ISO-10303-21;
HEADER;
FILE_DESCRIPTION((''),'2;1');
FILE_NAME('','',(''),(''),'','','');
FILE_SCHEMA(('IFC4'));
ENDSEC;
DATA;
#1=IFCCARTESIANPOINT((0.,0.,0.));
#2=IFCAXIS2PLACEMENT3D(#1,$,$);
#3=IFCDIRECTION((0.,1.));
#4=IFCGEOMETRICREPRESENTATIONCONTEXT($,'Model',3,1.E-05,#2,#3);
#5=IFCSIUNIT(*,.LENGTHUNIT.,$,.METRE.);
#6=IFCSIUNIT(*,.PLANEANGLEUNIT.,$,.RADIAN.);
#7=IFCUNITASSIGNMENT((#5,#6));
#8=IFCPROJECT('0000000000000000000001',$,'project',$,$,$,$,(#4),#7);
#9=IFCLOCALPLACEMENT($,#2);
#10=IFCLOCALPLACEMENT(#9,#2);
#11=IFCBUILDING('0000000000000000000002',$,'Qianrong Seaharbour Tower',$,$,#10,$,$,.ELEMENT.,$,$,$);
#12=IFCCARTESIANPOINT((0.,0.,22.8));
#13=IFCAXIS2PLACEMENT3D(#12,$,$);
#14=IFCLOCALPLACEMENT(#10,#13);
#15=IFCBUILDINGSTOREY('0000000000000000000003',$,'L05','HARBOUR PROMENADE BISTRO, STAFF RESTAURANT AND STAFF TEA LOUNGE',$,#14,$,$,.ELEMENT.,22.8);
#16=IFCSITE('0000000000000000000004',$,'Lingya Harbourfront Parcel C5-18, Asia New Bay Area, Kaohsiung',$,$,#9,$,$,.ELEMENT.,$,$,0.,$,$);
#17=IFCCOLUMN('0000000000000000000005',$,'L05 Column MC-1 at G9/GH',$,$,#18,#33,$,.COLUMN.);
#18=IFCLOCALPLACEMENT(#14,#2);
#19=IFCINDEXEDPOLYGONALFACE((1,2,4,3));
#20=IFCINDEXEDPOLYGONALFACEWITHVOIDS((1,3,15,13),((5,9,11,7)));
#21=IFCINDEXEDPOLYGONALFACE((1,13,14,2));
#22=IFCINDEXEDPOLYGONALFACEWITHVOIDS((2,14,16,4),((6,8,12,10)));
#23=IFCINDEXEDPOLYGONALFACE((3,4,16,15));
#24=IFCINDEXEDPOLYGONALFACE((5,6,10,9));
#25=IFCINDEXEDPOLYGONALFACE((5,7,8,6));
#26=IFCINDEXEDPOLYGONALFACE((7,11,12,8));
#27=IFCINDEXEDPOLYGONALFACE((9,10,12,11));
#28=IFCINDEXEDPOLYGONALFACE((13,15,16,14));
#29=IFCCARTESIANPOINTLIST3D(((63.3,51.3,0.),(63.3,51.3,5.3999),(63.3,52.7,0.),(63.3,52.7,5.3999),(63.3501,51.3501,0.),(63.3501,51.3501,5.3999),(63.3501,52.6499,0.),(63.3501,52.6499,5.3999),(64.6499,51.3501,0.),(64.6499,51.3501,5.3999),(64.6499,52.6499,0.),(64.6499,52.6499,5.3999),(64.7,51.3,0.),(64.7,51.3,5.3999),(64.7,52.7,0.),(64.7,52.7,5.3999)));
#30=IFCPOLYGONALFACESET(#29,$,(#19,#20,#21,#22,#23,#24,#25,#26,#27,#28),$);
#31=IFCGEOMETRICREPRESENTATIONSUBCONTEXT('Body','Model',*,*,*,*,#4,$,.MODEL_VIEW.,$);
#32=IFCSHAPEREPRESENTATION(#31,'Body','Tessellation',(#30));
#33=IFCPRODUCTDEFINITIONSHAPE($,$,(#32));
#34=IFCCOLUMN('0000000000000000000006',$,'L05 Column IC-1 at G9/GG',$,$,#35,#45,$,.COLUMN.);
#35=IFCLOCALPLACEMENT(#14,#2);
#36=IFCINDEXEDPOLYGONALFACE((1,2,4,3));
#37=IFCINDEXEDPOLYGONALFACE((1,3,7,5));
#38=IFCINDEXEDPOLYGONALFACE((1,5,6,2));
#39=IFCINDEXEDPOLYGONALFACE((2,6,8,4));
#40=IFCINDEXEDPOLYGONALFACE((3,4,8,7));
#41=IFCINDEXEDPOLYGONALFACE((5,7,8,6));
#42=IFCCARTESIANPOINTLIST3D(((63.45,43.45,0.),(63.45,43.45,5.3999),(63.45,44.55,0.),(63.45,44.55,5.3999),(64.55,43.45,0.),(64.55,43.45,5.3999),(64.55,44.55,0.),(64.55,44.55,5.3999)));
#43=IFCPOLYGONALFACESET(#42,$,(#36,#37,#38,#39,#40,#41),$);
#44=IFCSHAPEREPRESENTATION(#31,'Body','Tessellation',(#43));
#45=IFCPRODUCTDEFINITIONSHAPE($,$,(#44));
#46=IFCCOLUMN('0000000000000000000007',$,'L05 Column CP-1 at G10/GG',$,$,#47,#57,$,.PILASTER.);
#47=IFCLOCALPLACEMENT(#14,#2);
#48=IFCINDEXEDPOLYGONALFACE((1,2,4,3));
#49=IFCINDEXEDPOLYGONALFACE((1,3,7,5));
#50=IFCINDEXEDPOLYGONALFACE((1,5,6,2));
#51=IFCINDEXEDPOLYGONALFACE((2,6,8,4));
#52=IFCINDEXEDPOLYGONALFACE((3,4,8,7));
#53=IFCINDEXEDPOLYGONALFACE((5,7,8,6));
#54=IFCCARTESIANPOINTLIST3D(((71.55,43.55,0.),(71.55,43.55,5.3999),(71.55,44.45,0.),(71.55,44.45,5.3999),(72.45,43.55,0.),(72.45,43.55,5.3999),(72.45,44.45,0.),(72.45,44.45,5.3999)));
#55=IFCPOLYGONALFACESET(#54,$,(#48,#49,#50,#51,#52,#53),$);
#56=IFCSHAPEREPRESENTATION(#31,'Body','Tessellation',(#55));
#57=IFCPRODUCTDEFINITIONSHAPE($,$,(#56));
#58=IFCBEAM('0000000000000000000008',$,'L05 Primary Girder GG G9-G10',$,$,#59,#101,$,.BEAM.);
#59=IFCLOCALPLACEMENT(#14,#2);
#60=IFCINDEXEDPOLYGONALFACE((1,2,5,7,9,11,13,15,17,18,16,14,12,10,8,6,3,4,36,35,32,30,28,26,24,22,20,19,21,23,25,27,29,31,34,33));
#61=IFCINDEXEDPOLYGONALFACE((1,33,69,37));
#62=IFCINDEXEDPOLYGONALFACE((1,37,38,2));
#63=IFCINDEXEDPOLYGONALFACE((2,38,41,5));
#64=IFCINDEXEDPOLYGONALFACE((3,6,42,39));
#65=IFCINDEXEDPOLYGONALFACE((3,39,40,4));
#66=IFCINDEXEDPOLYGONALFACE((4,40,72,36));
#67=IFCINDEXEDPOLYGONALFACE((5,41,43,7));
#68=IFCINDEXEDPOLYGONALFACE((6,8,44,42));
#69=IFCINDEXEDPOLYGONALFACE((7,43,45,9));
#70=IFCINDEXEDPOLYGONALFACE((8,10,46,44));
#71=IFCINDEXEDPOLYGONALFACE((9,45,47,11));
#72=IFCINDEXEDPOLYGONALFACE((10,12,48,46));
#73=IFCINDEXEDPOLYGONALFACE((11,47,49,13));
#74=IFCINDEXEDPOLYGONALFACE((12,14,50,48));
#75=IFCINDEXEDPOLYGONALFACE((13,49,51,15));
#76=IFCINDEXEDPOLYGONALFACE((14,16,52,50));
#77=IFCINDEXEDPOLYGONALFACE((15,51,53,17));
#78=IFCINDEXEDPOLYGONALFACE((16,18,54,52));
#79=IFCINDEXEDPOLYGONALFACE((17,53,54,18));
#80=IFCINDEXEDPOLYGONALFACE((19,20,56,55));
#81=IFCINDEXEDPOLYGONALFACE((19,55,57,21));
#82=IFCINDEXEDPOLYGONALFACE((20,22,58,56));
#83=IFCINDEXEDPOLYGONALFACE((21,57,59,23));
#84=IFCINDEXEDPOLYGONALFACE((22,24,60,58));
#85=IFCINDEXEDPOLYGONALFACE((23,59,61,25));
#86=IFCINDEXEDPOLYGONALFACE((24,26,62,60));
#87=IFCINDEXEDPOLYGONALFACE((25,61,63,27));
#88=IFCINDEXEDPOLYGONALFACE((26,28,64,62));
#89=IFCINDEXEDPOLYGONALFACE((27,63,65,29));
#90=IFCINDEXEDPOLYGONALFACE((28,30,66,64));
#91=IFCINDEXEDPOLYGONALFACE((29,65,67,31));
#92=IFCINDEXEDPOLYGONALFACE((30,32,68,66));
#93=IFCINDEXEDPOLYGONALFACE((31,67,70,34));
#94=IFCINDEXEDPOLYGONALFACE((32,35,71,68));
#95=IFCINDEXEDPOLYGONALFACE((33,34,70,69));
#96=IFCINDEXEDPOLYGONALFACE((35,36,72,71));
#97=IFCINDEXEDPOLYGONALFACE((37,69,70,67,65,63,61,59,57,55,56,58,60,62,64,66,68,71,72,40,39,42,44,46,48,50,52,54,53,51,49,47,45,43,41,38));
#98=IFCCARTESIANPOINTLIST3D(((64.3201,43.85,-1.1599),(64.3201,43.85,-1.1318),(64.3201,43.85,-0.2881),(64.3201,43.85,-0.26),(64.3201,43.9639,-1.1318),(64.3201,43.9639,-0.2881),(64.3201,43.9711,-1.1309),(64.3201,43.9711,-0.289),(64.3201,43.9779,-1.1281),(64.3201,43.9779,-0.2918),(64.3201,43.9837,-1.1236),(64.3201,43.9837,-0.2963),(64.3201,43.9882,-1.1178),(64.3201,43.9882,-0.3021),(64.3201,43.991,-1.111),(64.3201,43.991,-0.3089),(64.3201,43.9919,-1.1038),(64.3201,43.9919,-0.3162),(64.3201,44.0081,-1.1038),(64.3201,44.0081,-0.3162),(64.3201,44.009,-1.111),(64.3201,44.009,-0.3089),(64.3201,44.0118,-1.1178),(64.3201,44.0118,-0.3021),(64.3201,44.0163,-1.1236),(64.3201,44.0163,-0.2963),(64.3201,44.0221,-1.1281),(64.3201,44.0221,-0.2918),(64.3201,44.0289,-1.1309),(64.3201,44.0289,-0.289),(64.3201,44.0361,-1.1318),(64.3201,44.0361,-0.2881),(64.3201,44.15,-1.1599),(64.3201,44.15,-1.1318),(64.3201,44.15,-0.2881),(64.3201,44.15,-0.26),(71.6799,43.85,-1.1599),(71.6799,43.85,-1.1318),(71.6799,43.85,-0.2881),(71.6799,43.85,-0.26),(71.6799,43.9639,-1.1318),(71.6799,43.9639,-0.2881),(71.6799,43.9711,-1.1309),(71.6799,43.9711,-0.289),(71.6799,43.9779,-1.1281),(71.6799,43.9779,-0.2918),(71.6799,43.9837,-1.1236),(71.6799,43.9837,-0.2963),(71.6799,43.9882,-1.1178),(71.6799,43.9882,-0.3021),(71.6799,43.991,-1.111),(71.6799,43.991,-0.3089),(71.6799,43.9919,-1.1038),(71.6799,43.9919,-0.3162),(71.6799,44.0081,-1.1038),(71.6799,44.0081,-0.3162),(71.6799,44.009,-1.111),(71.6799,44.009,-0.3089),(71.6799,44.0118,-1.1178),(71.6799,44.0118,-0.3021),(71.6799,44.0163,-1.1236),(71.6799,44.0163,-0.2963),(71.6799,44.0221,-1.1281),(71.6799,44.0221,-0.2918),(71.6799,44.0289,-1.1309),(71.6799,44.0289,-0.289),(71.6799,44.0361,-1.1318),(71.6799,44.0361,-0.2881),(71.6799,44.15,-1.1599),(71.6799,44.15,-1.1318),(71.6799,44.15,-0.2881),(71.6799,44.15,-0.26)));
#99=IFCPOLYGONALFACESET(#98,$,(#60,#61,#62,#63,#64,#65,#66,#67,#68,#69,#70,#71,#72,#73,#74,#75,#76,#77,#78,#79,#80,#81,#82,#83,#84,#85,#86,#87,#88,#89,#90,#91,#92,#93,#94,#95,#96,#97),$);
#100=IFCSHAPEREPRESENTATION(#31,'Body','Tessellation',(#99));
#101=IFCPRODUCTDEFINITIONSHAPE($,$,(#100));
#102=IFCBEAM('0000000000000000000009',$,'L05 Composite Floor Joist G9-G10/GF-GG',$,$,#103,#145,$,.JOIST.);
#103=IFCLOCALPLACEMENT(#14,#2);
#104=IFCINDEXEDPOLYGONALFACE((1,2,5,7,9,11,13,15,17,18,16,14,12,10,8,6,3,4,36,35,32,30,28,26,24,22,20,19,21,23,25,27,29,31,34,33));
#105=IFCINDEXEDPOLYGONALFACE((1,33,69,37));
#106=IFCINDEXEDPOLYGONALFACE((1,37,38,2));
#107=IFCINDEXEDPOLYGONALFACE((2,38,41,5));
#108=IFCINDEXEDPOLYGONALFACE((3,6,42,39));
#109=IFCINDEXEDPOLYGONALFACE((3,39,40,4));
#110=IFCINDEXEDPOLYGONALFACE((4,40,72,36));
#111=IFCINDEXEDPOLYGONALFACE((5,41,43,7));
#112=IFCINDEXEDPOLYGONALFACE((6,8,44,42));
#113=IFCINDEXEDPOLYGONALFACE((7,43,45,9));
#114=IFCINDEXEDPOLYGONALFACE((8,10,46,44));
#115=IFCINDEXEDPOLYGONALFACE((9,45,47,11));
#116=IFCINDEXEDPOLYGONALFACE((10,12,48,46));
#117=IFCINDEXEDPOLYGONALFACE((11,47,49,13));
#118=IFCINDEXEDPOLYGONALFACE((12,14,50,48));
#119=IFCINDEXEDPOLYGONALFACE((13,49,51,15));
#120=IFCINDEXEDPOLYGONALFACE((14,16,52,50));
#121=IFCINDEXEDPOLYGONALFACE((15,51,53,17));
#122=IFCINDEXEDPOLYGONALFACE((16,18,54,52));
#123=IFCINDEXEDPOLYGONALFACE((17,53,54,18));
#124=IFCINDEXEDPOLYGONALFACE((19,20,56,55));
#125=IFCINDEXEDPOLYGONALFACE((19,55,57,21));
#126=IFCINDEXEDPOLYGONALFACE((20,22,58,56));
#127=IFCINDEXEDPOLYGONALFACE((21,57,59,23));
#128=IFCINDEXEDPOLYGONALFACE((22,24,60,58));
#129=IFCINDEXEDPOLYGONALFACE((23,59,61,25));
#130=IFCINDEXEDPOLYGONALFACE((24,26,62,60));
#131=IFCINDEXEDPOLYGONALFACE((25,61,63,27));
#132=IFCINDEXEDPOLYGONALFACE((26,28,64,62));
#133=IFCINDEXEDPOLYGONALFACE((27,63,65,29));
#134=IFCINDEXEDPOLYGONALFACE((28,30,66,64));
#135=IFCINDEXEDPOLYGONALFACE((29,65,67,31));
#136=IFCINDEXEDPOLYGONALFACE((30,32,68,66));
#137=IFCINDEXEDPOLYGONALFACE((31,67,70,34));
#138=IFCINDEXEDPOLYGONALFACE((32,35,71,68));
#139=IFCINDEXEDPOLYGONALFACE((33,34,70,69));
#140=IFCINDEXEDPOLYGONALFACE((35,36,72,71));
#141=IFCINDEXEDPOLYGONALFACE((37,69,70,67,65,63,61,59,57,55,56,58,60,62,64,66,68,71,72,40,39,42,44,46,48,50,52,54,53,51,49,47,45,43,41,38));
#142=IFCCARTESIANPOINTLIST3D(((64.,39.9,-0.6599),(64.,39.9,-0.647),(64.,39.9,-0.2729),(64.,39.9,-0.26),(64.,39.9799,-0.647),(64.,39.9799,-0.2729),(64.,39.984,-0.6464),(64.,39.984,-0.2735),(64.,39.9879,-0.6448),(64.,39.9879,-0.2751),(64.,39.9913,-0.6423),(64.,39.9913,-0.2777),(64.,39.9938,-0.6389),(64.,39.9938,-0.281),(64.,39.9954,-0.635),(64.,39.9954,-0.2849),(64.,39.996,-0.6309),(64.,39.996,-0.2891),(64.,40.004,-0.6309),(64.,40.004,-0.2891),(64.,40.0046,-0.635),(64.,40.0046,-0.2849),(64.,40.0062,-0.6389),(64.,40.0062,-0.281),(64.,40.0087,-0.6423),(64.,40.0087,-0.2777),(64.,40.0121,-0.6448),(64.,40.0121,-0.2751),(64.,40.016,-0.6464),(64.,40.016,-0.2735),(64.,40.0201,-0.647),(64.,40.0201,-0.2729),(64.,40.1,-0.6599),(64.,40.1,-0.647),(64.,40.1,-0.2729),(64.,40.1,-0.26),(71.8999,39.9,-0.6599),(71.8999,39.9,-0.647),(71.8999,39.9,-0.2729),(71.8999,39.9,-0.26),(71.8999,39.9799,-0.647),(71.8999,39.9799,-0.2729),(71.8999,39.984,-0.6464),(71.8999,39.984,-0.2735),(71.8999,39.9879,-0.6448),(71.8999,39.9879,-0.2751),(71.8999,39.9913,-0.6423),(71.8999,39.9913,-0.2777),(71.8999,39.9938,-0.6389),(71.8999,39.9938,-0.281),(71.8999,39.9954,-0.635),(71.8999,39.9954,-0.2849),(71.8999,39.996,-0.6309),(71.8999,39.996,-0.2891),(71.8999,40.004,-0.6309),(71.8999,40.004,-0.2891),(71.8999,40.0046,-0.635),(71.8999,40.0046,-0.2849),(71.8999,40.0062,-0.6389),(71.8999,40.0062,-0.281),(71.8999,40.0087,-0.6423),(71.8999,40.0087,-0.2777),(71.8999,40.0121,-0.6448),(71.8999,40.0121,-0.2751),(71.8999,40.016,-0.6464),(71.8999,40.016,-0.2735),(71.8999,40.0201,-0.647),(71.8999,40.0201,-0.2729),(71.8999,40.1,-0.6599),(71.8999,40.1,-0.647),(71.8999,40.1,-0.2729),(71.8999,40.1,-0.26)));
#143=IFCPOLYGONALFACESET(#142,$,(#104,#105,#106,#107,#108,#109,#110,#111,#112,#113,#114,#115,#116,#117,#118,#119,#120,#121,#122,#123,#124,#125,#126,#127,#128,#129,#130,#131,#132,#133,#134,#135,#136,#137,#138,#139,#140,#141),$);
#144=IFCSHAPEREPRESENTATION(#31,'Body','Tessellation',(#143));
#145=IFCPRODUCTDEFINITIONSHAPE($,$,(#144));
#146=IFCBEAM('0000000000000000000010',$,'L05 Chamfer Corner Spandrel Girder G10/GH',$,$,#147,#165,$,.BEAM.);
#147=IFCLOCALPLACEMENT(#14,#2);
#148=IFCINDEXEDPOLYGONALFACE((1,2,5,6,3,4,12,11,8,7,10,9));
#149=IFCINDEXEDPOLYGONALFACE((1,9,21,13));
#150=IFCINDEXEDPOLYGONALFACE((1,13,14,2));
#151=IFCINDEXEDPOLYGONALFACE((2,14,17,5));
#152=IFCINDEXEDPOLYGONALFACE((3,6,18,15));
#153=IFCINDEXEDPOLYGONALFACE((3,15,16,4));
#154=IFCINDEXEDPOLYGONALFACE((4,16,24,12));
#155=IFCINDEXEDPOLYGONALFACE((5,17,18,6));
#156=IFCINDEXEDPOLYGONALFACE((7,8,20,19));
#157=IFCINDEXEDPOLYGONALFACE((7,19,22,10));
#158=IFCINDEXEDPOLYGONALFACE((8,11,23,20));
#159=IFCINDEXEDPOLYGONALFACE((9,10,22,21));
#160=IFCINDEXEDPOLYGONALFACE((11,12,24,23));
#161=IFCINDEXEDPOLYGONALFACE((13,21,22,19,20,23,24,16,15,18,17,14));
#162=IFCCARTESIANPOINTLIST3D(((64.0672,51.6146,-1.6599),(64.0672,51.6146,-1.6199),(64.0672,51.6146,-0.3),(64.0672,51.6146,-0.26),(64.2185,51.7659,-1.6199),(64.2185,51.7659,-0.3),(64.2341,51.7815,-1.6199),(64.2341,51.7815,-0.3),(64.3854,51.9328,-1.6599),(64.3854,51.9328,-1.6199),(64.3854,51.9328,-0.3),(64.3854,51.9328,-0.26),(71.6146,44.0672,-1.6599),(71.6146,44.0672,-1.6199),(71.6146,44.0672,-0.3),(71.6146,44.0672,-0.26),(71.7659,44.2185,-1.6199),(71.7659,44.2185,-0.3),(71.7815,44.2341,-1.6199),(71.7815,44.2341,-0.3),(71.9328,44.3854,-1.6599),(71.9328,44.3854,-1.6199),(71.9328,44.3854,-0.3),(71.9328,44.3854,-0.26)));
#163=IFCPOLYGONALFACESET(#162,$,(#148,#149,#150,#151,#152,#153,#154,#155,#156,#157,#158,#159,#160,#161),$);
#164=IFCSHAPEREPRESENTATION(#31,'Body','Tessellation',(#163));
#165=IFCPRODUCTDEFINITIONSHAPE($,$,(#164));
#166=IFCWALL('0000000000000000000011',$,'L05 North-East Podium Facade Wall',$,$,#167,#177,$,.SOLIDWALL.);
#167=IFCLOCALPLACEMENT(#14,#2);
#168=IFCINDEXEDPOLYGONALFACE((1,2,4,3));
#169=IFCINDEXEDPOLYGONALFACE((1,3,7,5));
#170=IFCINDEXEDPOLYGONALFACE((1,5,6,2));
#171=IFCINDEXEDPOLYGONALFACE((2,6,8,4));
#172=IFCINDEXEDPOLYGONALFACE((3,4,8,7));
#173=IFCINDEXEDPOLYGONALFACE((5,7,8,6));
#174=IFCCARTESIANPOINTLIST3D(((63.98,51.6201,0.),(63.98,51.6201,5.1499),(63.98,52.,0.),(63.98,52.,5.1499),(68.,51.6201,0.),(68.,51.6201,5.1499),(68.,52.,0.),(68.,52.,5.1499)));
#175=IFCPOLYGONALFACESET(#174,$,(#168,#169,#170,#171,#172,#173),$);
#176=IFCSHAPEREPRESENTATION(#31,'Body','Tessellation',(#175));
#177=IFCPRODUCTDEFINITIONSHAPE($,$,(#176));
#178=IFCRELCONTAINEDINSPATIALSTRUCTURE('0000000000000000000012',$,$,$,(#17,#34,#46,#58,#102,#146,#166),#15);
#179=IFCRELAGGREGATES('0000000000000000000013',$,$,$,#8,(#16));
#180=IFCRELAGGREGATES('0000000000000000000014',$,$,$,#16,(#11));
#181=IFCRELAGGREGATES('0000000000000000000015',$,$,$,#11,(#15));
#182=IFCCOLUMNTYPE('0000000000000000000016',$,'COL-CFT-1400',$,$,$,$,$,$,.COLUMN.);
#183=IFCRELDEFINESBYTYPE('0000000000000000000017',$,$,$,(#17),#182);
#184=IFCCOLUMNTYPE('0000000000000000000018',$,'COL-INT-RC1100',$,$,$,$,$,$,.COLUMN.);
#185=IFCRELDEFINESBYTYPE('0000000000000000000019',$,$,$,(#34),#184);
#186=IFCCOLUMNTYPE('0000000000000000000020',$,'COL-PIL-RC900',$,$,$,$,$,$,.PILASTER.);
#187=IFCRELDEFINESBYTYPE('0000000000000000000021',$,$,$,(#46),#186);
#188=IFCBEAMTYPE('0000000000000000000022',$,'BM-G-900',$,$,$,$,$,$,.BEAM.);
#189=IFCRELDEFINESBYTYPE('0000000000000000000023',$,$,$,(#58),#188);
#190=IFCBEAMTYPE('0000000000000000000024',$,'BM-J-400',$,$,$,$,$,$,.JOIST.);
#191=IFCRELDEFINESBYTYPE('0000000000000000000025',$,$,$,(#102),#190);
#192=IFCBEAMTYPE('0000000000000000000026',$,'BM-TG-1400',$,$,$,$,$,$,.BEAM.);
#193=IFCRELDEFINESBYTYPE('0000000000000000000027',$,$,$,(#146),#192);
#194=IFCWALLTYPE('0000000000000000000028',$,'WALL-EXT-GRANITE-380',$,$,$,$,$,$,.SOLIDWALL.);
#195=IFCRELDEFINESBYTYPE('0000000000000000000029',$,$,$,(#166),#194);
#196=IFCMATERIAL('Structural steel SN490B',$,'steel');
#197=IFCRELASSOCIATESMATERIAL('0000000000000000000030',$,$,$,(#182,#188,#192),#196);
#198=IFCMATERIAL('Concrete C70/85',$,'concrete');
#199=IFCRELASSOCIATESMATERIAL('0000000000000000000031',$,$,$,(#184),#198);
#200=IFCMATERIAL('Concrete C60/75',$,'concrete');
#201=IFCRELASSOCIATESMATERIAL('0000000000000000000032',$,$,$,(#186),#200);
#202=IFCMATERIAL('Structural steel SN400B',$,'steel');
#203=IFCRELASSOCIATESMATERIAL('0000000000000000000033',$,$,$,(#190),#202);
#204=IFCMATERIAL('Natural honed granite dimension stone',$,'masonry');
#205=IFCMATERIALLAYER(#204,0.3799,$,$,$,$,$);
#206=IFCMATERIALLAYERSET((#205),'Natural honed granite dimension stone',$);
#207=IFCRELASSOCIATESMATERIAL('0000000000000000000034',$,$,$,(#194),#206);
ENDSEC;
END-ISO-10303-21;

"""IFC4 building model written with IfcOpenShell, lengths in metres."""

from ifc_helpers import new_model, si_unit, direction, frame, frame_2d, origin, origin_2d, place, context, subcontext, project, spatial, rectangle, hollow_rectangle, i_section, extrude, material, layer, layer_set, material_profile, profile_set, type_object, element, save


model = new_model("IFC4")

# Units and contexts
model_context = context("Model", 3, precision=1e-05, world=origin(), true_north=direction((0.0, 1.0)))
body_context = subcontext(model_context, "Body", "Model", "MODEL_VIEW")
ifc_project = project(units=[si_unit("LENGTHUNIT", "METRE"), si_unit("PLANEANGLEUNIT", "RADIAN")], contexts=[model_context])

# Site, building, storey
site_placement = place(None, origin())
site = spatial("IfcSite", under=ifc_project, at=site_placement, Name="Lingya Harbourfront Parcel C5-18, Asia New Bay Area, Kaohsiung", CompositionType="ELEMENT", RefElevation=0.0)
building_placement = place(site_placement, origin())
building = spatial("IfcBuilding", under=site, at=building_placement, Name="Qianrong Seaharbour Tower", CompositionType="ELEMENT")
storey_placement = place(building_placement, frame((0.0, 0.0, 22.8)))
storey = spatial("IfcBuildingStorey", under=building, at=storey_placement, Name="L05", Description="HARBOUR PROMENADE BISTRO, STAFF RESTAURANT AND STAFF TEA LOUNGE", CompositionType="ELEMENT", Elevation=22.8)

# Columns
ifc_material_1 = material(Name="Structural steel SN490B", Category="steel")
ifc_material_profile_1 = material_profile(ifc_material_1, hollow_rectangle(XDim=1.3999, YDim=1.3999, WallThickness=0.05, at=origin_2d()), Name="BOX1400x1400x50")
ifc_profile_set_1 = profile_set([ifc_material_profile_1], Name="Structural steel SN490B")
column_type_1 = type_object("IfcColumnType", Name="COL-CFT-1400", PredefinedType="COLUMN", material=ifc_profile_set_1)
column_1_placement = place(storey_placement, frame((64.0, 52.0, 0.0), z_axis=(0.0, 0.0, 1.0), x_axis=(1.0, 0.0, 0.0)))
element("IfcColumn", 1, at=column_1_placement, inside=storey, type_object=column_type_1, Name="L05 Column MC-1 at G9/GH", PredefinedType="COLUMN", context=body_context, shape_type="SweptSolid", body=[
    extrude(hollow_rectangle(XDim=1.3999, YDim=1.3999, WallThickness=0.05, at=origin_2d()), origin(), (0.0, 0.0, 1.0), 5.3999),
])
ifc_material_2 = material(Name="Concrete C70/85", Category="concrete")
ifc_material_profile_2 = material_profile(ifc_material_2, rectangle(XDim=1.1001, YDim=1.1001, at=origin_2d()), Name="RC1100x1100")
ifc_profile_set_2 = profile_set([ifc_material_profile_2], Name="Concrete C70/85")
column_type_2 = type_object("IfcColumnType", Name="COL-INT-RC1100", PredefinedType="COLUMN", material=ifc_profile_set_2)
column_2_placement = place(storey_placement, frame((64.0, 44.0, 0.0), z_axis=(0.0, 0.0, 1.0), x_axis=(1.0, 0.0, 0.0)))
element("IfcColumn", 2, at=column_2_placement, inside=storey, type_object=column_type_2, Name="L05 Column IC-1 at G9/GG", PredefinedType="COLUMN", context=body_context, shape_type="SweptSolid", body=[
    extrude(rectangle(XDim=1.1001, YDim=1.1001, at=origin_2d()), origin(), (0.0, 0.0, 1.0), 5.3999),
])
ifc_material_3 = material(Name="Concrete C60/75", Category="concrete")
ifc_material_profile_3 = material_profile(ifc_material_3, rectangle(XDim=0.8999, YDim=0.8999, at=origin_2d()), Name="RC900x900")
ifc_profile_set_3 = profile_set([ifc_material_profile_3], Name="Concrete C60/75")
column_type_3 = type_object("IfcColumnType", Name="COL-PIL-RC900", PredefinedType="PILASTER", material=ifc_profile_set_3)
column_3_placement = place(storey_placement, frame((72.0, 44.0, 0.0), z_axis=(0.0, 0.0, 1.0), x_axis=(1.0, 0.0, 0.0)))
element("IfcColumn", 3, at=column_3_placement, inside=storey, type_object=column_type_3, Name="L05 Column CP-1 at G10/GG", PredefinedType="PILASTER", context=body_context, shape_type="SweptSolid", body=[
    extrude(rectangle(XDim=0.8999, YDim=0.8999, at=origin_2d()), origin(), (0.0, 0.0, 1.0), 5.3999),
])

# Beams
ifc_material_profile_4 = material_profile(ifc_material_1, i_section(OverallWidth=0.3, OverallDepth=0.8999, WebThickness=0.0161, FlangeThickness=0.0281, FilletRadius=0.0281, at=origin_2d()), Name="H900x300x16x28")
ifc_profile_set_4 = profile_set([ifc_material_profile_4], Name="Structural steel SN490B")
beam_type_1 = type_object("IfcBeamType", Name="BM-G-900", PredefinedType="BEAM", material=ifc_profile_set_4)
beam_1_placement = place(storey_placement, frame((64.3201, 44.0, -0.71), z_axis=(1.0, 0.0, 0.0), x_axis=(0.0, 1.0, 0.0)))
element("IfcBeam", 4, at=beam_1_placement, inside=storey, type_object=beam_type_1, Name="L05 Primary Girder GG G9-G10", PredefinedType="BEAM", context=body_context, shape_type="SweptSolid", body=[
    extrude(i_section(OverallWidth=0.3, OverallDepth=0.8999, WebThickness=0.0161, FlangeThickness=0.0281, FilletRadius=0.0281, at=origin_2d()), origin(), (0.0, 0.0, 1.0), 7.3599),
])
ifc_material_4 = material(Name="Structural steel SN400B", Category="steel")
ifc_material_profile_5 = material_profile(ifc_material_4, i_section(OverallWidth=0.2, OverallDepth=0.3999, WebThickness=0.0081, FlangeThickness=0.0129, FilletRadius=0.0161, at=origin_2d()), Name="H400x200x8x13")
ifc_profile_set_5 = profile_set([ifc_material_profile_5], Name="Structural steel SN400B")
beam_type_2 = type_object("IfcBeamType", Name="BM-J-400", PredefinedType="JOIST", material=ifc_profile_set_5)
beam_2_placement = place(storey_placement, frame((64.0, 40.0, -0.46), z_axis=(1.0, 0.0, 0.0), x_axis=(0.0, 1.0, 0.0)))
element("IfcBeam", 5, at=beam_2_placement, inside=storey, type_object=beam_type_2, Name="L05 Composite Floor Joist G9-G10/GF-GG", PredefinedType="JOIST", context=body_context, shape_type="SweptSolid", body=[
    extrude(i_section(OverallWidth=0.2, OverallDepth=0.3999, WebThickness=0.0081, FlangeThickness=0.0129, FilletRadius=0.0161, at=origin_2d()), origin(), (0.0, 0.0, 1.0), 7.8999),
])
ifc_material_profile_6 = material_profile(ifc_material_1, i_section(OverallWidth=0.45, OverallDepth=1.3999, WebThickness=0.022, FlangeThickness=0.04, at=origin_2d()), Name="BH1400x450x22x40")
ifc_profile_set_6 = profile_set([ifc_material_profile_6], Name="Structural steel SN490B")
beam_type_3 = type_object("IfcBeamType", Name="BM-TG-1400", PredefinedType="BEAM", material=ifc_profile_set_6)
beam_3_placement = place(storey_placement, frame((64.2263, 51.7737, -0.96), z_axis=(0.707107, -0.707107, 0.0), x_axis=(0.707107, 0.707107, 0.0)))
element("IfcBeam", 6, at=beam_3_placement, inside=storey, type_object=beam_type_3, Name="L05 Chamfer Corner Spandrel Girder G10/GH", PredefinedType="BEAM", context=body_context, shape_type="SweptSolid", body=[
    extrude(i_section(OverallWidth=0.45, OverallDepth=1.3999, WebThickness=0.022, FlangeThickness=0.04, at=origin_2d()), origin(), (0.0, 0.0, 1.0), 10.6736),
])

# Wall
ifc_material_5 = material(Name="Natural honed granite dimension stone", Category="masonry")
ifc_layer_1 = layer(ifc_material_5, 0.3799)
ifc_layer_set_1 = layer_set([ifc_layer_1], Name="Natural honed granite dimension stone")
wall_type_1 = type_object("IfcWallType", Name="WALL-EXT-GRANITE-380", PredefinedType="SOLIDWALL", material=ifc_layer_set_1)
wall_1_placement = place(storey_placement, frame((63.98, 51.8101, 0.0), z_axis=(0.0, 0.0, 1.0), x_axis=(1.0, 0.0, 0.0)))
element("IfcWall", 7, at=wall_1_placement, inside=storey, type_object=wall_type_1, Name="L05 North-East Podium Facade Wall", PredefinedType="SOLIDWALL", context=body_context, shape_type="SweptSolid", body=[
    extrude(rectangle(XDim=4.02, YDim=0.3799, at=frame_2d((2.01, 0.0))), origin(), (0.0, 0.0, 1.0), 5.1499),
])

save(model, "model.ifc")
